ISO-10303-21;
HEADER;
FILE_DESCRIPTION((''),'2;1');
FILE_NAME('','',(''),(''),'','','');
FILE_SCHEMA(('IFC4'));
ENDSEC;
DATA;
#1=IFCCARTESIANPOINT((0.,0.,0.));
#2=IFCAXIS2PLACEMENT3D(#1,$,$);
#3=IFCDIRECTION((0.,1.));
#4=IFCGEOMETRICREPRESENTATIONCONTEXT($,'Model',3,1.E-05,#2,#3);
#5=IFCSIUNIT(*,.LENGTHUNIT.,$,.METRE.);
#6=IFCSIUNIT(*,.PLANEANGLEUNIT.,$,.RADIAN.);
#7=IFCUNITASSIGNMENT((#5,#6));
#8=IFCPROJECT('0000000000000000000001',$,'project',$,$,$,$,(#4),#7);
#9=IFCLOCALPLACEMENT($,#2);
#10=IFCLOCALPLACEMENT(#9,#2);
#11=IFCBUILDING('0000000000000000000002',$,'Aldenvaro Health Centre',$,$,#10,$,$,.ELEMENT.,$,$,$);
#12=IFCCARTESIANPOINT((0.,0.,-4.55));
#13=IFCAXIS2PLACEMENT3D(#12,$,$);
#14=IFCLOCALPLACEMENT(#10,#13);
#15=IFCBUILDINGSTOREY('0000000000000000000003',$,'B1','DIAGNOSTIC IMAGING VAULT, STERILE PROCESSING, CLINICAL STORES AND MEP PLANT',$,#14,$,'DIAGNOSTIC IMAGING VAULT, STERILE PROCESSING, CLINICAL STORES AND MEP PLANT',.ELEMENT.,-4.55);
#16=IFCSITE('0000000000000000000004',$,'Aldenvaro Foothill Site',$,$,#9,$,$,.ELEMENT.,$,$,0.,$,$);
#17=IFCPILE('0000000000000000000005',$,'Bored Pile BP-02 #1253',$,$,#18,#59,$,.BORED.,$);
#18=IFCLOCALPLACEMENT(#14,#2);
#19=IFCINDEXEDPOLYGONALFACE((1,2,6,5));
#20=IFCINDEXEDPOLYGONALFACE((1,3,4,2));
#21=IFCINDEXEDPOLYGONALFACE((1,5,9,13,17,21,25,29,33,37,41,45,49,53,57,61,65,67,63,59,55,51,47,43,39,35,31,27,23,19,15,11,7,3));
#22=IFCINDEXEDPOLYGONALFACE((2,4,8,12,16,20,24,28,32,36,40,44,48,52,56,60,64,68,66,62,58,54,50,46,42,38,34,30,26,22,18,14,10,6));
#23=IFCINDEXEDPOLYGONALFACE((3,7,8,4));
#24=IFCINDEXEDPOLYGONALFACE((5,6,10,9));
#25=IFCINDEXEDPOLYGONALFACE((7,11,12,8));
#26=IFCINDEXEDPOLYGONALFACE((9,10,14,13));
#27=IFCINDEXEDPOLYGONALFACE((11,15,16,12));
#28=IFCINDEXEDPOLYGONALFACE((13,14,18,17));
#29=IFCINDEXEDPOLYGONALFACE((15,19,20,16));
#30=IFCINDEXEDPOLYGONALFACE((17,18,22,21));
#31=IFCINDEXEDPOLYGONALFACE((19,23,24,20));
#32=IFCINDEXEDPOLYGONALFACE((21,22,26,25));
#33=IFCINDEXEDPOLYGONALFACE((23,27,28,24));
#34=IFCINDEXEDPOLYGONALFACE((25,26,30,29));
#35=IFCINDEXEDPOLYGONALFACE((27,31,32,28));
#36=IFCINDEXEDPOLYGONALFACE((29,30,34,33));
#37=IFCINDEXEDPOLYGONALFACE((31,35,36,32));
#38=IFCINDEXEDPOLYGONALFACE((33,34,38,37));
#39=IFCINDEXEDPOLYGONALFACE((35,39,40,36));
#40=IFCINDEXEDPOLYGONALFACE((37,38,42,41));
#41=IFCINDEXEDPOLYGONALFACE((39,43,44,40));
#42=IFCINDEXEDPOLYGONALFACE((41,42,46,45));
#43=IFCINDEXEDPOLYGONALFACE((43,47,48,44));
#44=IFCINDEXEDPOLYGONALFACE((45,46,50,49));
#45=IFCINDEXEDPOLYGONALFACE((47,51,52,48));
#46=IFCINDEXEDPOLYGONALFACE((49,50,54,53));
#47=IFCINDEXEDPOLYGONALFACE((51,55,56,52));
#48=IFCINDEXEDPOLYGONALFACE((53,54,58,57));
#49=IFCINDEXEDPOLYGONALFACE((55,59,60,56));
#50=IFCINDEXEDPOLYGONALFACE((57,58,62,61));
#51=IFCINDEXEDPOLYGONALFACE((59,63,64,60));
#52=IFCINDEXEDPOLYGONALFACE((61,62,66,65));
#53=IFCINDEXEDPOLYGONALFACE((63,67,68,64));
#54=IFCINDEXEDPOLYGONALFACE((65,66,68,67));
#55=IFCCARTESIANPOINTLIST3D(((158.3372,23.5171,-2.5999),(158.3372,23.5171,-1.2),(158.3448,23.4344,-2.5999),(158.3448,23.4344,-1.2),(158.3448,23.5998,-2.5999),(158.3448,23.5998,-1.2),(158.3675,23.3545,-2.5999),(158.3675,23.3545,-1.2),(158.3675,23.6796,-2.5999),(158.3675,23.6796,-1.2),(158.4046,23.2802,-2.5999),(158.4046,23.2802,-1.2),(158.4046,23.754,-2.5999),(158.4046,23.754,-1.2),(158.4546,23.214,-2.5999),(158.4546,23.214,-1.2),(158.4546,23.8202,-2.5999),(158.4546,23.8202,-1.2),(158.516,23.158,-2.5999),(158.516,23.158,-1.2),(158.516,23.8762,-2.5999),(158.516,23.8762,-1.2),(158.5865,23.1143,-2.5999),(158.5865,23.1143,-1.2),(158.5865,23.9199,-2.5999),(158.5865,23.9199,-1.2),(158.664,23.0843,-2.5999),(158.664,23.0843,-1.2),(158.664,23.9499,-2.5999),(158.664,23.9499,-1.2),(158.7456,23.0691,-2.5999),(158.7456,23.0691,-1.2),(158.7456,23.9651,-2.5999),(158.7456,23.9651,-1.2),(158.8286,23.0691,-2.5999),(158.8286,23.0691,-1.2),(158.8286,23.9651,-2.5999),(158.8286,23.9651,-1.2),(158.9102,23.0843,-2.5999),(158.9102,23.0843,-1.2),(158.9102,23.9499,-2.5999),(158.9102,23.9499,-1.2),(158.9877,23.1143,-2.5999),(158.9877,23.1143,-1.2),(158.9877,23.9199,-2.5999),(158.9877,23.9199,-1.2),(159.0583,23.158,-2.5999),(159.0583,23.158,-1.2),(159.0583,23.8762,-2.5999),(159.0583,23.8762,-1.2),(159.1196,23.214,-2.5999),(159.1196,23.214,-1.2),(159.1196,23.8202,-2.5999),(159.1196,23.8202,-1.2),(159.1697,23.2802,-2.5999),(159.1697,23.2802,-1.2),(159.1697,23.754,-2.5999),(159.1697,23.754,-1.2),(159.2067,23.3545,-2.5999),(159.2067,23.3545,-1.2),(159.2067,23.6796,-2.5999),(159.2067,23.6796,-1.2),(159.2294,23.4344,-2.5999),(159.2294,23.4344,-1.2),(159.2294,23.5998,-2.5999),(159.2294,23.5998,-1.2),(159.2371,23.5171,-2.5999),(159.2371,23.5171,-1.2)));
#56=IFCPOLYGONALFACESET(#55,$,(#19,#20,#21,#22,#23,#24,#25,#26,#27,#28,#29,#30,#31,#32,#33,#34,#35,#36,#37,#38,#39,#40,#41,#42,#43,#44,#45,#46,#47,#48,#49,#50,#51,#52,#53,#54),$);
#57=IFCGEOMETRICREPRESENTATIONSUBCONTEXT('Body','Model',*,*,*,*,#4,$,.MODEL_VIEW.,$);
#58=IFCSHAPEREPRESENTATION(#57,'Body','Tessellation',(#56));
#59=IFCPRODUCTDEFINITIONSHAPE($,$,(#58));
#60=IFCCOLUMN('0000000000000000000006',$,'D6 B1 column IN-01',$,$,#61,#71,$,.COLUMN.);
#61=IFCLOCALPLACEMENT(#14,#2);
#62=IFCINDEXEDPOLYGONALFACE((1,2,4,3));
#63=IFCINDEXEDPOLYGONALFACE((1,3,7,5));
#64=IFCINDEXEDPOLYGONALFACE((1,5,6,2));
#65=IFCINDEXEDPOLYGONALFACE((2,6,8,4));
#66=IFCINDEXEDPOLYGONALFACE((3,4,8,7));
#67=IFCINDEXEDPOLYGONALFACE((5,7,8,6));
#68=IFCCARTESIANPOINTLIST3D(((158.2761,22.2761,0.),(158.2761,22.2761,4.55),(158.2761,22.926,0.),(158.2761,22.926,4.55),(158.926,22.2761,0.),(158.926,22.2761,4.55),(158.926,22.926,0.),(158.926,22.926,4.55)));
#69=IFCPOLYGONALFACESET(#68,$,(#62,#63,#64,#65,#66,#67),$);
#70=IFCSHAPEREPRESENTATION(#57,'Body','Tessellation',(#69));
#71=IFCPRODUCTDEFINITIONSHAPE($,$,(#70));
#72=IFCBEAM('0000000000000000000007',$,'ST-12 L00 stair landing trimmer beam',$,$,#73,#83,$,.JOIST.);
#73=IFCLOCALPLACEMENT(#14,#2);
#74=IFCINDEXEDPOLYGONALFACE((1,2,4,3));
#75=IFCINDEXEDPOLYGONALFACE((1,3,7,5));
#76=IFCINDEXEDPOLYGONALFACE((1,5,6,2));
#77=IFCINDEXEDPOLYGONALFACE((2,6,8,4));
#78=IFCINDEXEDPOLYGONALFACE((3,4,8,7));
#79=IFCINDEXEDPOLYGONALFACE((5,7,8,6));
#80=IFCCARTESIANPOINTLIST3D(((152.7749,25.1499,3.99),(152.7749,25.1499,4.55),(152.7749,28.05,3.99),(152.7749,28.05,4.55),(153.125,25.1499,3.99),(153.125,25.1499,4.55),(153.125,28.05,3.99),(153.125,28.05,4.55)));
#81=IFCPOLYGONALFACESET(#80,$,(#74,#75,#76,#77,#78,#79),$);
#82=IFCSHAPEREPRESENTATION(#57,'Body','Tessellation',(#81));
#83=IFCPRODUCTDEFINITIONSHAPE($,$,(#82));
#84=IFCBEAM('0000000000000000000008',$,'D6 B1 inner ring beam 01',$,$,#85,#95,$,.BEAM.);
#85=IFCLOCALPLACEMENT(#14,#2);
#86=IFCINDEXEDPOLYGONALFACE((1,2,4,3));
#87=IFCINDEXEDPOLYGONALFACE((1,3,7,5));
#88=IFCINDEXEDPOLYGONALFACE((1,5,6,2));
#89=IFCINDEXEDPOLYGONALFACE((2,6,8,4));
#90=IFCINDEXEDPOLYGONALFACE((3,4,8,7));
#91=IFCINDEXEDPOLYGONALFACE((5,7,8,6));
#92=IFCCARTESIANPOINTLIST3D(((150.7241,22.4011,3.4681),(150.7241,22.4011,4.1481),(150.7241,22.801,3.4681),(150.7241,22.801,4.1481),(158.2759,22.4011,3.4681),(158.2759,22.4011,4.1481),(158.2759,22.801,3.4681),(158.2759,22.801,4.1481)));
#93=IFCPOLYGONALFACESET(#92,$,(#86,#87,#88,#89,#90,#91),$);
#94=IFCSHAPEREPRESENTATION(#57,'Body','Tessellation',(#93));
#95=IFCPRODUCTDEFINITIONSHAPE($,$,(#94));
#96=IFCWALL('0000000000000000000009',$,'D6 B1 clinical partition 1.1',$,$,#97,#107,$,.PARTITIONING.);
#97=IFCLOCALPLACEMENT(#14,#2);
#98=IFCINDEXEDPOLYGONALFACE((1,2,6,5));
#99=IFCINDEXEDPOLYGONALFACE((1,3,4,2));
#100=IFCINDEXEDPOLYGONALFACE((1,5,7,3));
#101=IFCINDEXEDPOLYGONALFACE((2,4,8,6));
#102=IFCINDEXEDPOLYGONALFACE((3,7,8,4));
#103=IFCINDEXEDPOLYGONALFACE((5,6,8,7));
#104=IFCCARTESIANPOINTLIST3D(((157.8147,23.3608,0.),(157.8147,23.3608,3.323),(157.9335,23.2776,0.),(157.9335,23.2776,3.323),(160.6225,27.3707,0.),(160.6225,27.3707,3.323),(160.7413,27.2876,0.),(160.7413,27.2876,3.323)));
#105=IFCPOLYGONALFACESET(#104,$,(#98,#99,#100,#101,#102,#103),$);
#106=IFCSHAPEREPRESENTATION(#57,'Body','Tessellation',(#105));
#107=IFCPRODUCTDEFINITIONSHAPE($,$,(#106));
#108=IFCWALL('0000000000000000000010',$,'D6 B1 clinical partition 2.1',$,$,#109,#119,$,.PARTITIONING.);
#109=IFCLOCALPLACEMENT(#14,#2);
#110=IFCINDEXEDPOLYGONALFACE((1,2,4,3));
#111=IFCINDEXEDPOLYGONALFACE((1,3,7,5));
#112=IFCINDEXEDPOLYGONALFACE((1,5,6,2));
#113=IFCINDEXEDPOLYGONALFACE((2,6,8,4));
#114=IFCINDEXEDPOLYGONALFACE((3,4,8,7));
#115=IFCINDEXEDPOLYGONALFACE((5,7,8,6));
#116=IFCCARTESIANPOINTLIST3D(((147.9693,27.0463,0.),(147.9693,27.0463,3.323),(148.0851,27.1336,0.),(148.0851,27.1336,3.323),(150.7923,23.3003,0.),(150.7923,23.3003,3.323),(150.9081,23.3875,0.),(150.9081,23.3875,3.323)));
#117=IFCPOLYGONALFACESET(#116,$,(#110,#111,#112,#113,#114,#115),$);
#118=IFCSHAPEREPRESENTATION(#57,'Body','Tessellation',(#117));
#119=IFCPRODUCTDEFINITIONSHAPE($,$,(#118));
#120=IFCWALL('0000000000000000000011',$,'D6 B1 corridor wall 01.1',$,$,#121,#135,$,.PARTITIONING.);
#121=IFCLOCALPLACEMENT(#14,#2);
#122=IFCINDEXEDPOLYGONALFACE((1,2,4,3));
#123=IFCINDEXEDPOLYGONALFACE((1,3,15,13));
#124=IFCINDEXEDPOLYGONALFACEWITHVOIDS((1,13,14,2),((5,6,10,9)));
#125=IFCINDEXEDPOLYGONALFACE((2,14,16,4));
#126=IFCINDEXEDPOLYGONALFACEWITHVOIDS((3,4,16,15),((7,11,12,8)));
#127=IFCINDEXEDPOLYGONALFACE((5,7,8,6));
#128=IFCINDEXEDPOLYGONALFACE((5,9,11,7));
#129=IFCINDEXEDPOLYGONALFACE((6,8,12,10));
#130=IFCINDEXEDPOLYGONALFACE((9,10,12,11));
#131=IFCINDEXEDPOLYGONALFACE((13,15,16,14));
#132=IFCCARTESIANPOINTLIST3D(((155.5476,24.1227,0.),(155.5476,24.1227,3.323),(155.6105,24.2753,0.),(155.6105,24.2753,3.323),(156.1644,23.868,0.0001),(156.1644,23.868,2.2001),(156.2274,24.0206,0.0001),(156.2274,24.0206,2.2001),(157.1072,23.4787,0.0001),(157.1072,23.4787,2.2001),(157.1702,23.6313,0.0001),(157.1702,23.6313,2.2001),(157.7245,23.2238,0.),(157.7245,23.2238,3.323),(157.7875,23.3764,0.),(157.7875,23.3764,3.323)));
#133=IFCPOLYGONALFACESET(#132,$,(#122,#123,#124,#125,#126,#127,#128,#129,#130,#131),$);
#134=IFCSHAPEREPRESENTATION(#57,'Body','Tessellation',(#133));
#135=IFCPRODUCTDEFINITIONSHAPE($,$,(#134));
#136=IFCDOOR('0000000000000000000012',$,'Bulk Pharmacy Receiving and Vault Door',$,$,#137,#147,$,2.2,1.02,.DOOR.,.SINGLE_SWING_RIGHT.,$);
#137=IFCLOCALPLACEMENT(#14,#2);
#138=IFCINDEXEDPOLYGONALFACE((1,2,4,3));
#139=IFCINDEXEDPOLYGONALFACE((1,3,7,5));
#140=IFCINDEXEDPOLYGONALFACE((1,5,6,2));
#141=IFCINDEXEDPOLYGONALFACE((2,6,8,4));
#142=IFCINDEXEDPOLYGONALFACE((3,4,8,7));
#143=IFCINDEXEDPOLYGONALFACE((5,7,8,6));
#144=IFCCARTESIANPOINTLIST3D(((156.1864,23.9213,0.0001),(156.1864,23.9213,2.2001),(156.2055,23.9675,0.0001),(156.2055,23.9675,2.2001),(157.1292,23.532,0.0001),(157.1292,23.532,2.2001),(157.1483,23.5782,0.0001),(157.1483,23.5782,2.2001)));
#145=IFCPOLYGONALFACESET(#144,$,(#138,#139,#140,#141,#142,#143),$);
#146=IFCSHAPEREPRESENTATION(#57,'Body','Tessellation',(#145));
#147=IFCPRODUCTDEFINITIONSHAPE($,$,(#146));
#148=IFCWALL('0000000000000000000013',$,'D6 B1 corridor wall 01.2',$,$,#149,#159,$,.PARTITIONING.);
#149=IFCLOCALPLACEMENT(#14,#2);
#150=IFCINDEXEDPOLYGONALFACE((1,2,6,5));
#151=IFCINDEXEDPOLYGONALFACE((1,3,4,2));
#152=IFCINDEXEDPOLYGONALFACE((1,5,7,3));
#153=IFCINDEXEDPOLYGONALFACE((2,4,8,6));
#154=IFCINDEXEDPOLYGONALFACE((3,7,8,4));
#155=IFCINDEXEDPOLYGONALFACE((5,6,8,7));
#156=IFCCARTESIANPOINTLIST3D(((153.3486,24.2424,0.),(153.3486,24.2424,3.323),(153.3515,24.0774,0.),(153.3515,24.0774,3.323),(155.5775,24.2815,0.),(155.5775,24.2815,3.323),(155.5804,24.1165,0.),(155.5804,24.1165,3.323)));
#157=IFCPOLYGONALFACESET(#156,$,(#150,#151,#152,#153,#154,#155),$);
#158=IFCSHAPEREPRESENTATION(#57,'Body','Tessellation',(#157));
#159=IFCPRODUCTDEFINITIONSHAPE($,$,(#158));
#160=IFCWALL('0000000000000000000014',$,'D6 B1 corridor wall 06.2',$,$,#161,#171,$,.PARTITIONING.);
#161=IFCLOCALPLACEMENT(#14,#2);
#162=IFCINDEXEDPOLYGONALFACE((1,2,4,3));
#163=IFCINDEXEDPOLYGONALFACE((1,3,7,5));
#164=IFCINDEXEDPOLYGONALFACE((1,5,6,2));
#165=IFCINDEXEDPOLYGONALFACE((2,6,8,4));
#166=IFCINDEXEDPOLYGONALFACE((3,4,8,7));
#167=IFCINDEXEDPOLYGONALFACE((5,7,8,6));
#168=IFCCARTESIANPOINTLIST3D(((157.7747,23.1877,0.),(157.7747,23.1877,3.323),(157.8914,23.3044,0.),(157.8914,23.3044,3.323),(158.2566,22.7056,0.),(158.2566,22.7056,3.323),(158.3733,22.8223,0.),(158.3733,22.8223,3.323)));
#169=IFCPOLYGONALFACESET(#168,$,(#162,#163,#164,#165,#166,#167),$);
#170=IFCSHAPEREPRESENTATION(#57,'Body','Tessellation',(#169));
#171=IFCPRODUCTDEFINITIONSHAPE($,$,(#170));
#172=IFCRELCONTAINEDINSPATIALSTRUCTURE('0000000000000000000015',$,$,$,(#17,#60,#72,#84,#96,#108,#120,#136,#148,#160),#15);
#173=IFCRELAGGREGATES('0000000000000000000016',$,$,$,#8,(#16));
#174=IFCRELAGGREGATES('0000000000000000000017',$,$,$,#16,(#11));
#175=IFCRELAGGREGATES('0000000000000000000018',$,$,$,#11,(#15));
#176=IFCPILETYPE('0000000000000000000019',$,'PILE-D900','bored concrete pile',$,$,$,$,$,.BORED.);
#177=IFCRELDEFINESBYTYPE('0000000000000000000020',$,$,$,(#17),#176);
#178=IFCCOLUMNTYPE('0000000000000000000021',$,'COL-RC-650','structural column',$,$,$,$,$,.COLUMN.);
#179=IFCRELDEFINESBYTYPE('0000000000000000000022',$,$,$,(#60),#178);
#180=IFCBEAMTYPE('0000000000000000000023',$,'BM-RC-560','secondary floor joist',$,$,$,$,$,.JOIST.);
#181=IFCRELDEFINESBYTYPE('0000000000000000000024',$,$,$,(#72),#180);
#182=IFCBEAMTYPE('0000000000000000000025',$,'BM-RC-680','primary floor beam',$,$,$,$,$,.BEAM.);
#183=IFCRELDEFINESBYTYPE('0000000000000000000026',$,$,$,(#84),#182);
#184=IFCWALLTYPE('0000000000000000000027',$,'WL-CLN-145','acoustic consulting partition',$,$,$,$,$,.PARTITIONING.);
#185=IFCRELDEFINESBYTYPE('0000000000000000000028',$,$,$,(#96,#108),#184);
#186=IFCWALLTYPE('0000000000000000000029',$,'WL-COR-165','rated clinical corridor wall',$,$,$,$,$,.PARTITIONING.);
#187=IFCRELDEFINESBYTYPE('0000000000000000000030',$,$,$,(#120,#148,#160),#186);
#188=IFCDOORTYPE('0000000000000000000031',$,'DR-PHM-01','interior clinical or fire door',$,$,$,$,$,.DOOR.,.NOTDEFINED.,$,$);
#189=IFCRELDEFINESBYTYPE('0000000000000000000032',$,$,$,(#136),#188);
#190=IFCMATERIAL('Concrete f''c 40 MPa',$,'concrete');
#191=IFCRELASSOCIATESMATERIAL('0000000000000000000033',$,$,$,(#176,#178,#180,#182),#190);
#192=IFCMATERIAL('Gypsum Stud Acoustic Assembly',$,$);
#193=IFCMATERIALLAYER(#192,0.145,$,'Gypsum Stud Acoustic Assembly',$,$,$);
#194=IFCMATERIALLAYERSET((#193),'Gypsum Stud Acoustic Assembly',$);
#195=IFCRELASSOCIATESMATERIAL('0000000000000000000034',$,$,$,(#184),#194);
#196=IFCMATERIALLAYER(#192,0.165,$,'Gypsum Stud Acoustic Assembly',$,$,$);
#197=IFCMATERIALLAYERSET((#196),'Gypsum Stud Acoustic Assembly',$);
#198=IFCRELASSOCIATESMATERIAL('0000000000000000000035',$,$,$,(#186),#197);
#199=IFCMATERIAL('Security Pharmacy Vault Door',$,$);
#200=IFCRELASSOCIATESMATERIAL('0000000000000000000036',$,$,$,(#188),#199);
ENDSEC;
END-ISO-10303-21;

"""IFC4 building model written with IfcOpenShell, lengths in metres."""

from ifc_helpers import new_model, si_unit, direction, frame, frame_2d, origin, origin_2d, place, context, subcontext, project, spatial, rectangle, circle, extrude, material, layer, layer_set, material_profile, profile_set, type_object, element, fill, save


model = new_model("IFC4")

# Units and contexts
model_context = context("Model", 3, precision=1e-05, world=origin(), true_north=direction((0.0, 1.0)))
body_context = subcontext(model_context, "Body", "Model", "MODEL_VIEW")
ifc_project = project(units=[si_unit("LENGTHUNIT", "METRE"), si_unit("PLANEANGLEUNIT", "RADIAN")], contexts=[model_context])

# Site, building, storey
site_placement = place(None, origin())
site = spatial("IfcSite", under=ifc_project, at=site_placement, Name="Aldenvaro Foothill Site", CompositionType="ELEMENT", RefElevation=0.0)
building_placement = place(site_placement, origin())
building = spatial("IfcBuilding", under=site, at=building_placement, Name="Aldenvaro Health Centre", CompositionType="ELEMENT")
storey_placement = place(building_placement, frame((0.0, 0.0, -4.55)))
storey = spatial("IfcBuildingStorey", under=building, at=storey_placement, Name="B1", Description="DIAGNOSTIC IMAGING VAULT, STERILE PROCESSING, CLINICAL STORES AND MEP PLANT", LongName="DIAGNOSTIC IMAGING VAULT, STERILE PROCESSING, CLINICAL STORES AND MEP PLANT", CompositionType="ELEMENT", Elevation=-4.55)

# Shared definitions
ifc_material_1 = material(Name="Concrete f'c 40 MPa", Category="concrete")

# Pile
ifc_material_profile_1 = material_profile(ifc_material_1, circle(Radius=0.45, at=origin_2d()), Name="PILE D900", Category="concrete")
ifc_profile_set_1 = profile_set([ifc_material_profile_1], Name="Concrete f'c 40 MPa")
pile_type = type_object("IfcPileType", Name="PILE-D900", Description="bored concrete pile", PredefinedType="BORED", material=ifc_profile_set_1)
for number, where, z_axis, x_axis, name in (
    (1, (158.7871, 23.5171, -1.2), (0.0, 0.0, -1.0), (1.0, 0.0, 0.0), "Bored Pile BP-02 #1253"),
):
    element("IfcPile", number, at=place(storey_placement, frame(where, z_axis=z_axis, x_axis=x_axis)), inside=storey, type_object=pile_type, Name=name, PredefinedType="BORED", context=body_context, shape_type="SweptSolid", body=[
        extrude(circle(Radius=0.45, at=origin_2d()), origin(), (0.0, 0.0, 1.0), 1.3999),
    ])

# Column
ifc_material_profile_2 = material_profile(ifc_material_1, rectangle(XDim=0.6499, YDim=0.6499, at=origin_2d()), Name="RC 650x650", Category="concrete")
ifc_profile_set_2 = profile_set([ifc_material_profile_2], Name="Concrete f'c 40 MPa")
column_type = type_object("IfcColumnType", Name="COL-RC-650", Description="structural column", PredefinedType="COLUMN", material=ifc_profile_set_2)
column_placement = place(storey_placement, frame((158.6011, 22.6011, 0.0), z_axis=(0.0, 0.0, 1.0), x_axis=(1.0, 0.0, 0.0)))
element("IfcColumn", 2, at=column_placement, inside=storey, type_object=column_type, Name="D6 B1 column IN-01", PredefinedType="COLUMN", context=body_context, shape_type="SweptSolid", body=[
    extrude(rectangle(XDim=0.6499, YDim=0.6499, at=origin_2d()), origin(), (0.0, 0.0, 1.0), 4.55),
])

# Beams
ifc_material_profile_3 = material_profile(ifc_material_1, rectangle(XDim=0.3501, YDim=0.5601, at=origin_2d()), Name="RC 350x560", Category="concrete")
ifc_profile_set_3 = profile_set([ifc_material_profile_3], Name="Concrete f'c 40 MPa")
beam_type_1 = type_object("IfcBeamType", Name="BM-RC-560", Description="secondary floor joist", PredefinedType="JOIST", material=ifc_profile_set_3)
beam_1_placement = place(storey_placement, frame((152.95, 25.1499, 4.27), z_axis=(0.0, 1.0, 0.0), x_axis=(-1.0, 0.0, 0.0)))
element("IfcBeam", 3, at=beam_1_placement, inside=storey, type_object=beam_type_1, Name="ST-12 L00 stair landing trimmer beam", PredefinedType="JOIST", context=body_context, shape_type="SweptSolid", body=[
    extrude(rectangle(XDim=0.3501, YDim=0.5601, at=origin_2d()), origin(), (0.0, 0.0, 1.0), 2.9001),
])
ifc_material_profile_4 = material_profile(ifc_material_1, rectangle(XDim=0.3999, YDim=0.6799, at=origin_2d()), Name="RC 400x680", Category="concrete")
ifc_profile_set_4 = profile_set([ifc_material_profile_4], Name="Concrete f'c 40 MPa")
beam_type_2 = type_object("IfcBeamType", Name="BM-RC-680", Description="primary floor beam", PredefinedType="BEAM", material=ifc_profile_set_4)
beam_2_placement = place(storey_placement, frame((158.2759, 22.6011, 3.8081), z_axis=(-1.0, 0.0, 0.0), x_axis=(0.0, -1.0, 0.0)))
element("IfcBeam", 4, at=beam_2_placement, inside=storey, type_object=beam_type_2, Name="D6 B1 inner ring beam 01", PredefinedType="BEAM", context=body_context, shape_type="SweptSolid", body=[
    extrude(rectangle(XDim=0.3999, YDim=0.6799, at=origin_2d()), origin(), (0.0, 0.0, 1.0), 7.5518),
])

# Walls
ifc_material_2 = material(Name="Gypsum Stud Acoustic Assembly")
ifc_layer_1 = layer(ifc_material_2, 0.145, Name="Gypsum Stud Acoustic Assembly")
ifc_layer_set_1 = layer_set([ifc_layer_1], Name="Gypsum Stud Acoustic Assembly")
wall_type_1 = type_object("IfcWallType", Name="WL-CLN-145", Description="acoustic consulting partition", PredefinedType="PARTITIONING", material=ifc_layer_set_1)
wall_1_placement = place(storey_placement, frame((157.874, 23.3191, 0.0), z_axis=(0.0, 0.0, 1.0), x_axis=(0.573579, 0.81915, 0.0)))
element("IfcWall", 5, at=wall_1_placement, inside=storey, type_object=wall_type_1, Name="D6 B1 clinical partition 1.1", PredefinedType="PARTITIONING", context=body_context, shape_type="SweptSolid", body=[
    extrude(rectangle(XDim=4.8953, YDim=0.145, at=frame_2d((2.4478, 0.0))), origin(), (0.0, 0.0, 1.0), 3.323),
])
wall_2_placement = place(storey_placement, frame((150.8501, 23.344, 0.0), z_axis=(0.0, 0.0, 1.0), x_axis=(-0.601831, 0.798624, 0.0)))
element("IfcWall", 6, at=wall_2_placement, inside=storey, type_object=wall_type_1, Name="D6 B1 clinical partition 2.1", PredefinedType="PARTITIONING", context=body_context, shape_type="SweptSolid", body=[
    extrude(rectangle(XDim=4.6907, YDim=0.145, at=frame_2d((2.3452, 0.0))), origin(), (0.0, 0.0, 1.0), 3.323),
])

# Wall, opening, door
ifc_layer_2 = layer(ifc_material_2, 0.165, Name="Gypsum Stud Acoustic Assembly")
ifc_layer_set_2 = layer_set([ifc_layer_2], Name="Gypsum Stud Acoustic Assembly")
wall_type_2 = type_object("IfcWallType", Name="WL-COR-165", Description="rated clinical corridor wall", PredefinedType="PARTITIONING", material=ifc_layer_set_2)
wall_3_placement = place(storey_placement, frame((157.7561, 23.3, 0.0), z_axis=(0.0, 0.0, 1.0), x_axis=(-0.924302, 0.381662, 0.0)))
wall_3 = element("IfcWall", 7, at=wall_3_placement, inside=storey, type_object=wall_type_2, Name="D6 B1 corridor wall 01.1", PredefinedType="PARTITIONING", context=body_context, shape_type="SweptSolid", body=[
    extrude(rectangle(XDim=2.3552, YDim=0.165, at=frame_2d((1.1777, 0.0))), origin(), (0.0, 0.0, 1.0), 3.323),
])
opening_1_placement = place(wall_3_placement, frame((0.668, 0.0, 0.0)))
opening_1 = element("IfcOpeningElement", 8, at=opening_1_placement, cuts=wall_3, PredefinedType="OPENING", context=body_context, shape_type="SweptSolid", body=[
    extrude(rectangle(XDim=1.02, YDim=2.2, at=frame_2d((0.51, 1.1001))), frame((0.0, 0.0925, 0.0), z_axis=(0.0, -1.0, 0.0), x_axis=(1.0, 0.0, 0.0)), (0.0, 0.0, 1.0), 0.1851),
])
ifc_material_3 = material(Name="Security Pharmacy Vault Door")
door_type_1 = type_object("IfcDoorType", Name="DR-PHM-01", Description="interior clinical or fire door", OperationType="NOTDEFINED", PredefinedType="DOOR", material=ifc_material_3)
door_1_placement = place(opening_1_placement, origin())
door_1 = element("IfcDoor", 9, at=door_1_placement, inside=storey, type_object=door_type_1, Name="Bulk Pharmacy Receiving and Vault Door", OperationType="SINGLE_SWING_RIGHT", OverallHeight=2.2, OverallWidth=1.02, PredefinedType="DOOR", context=body_context, shape_type="SweptSolid", body=[
    extrude(rectangle(XDim=1.02, YDim=2.2, at=frame_2d((0.51, 1.1001))), frame((0.0, 0.0249, 0.0), z_axis=(0.0, -1.0, 0.0), x_axis=(1.0, 0.0, 0.0)), (0.0, 0.0, 1.0), 0.05),
])
fill(opening_1, door_1)

# Walls
wall_4_placement = place(storey_placement, frame((155.5791, 24.199, 0.0), z_axis=(0.0, 0.0, 1.0), x_axis=(-0.999846, -0.017522, 0.0)))
element("IfcWall", 10, at=wall_4_placement, inside=storey, type_object=wall_type_2, Name="D6 B1 corridor wall 01.2", PredefinedType="PARTITIONING", context=body_context, shape_type="SweptSolid", body=[
    extrude(rectangle(XDim=2.2292, YDim=0.165, at=frame_2d((1.1147, 0.0))), origin(), (0.0, 0.0, 1.0), 3.323),
])
wall_5_placement = place(storey_placement, frame((158.3149, 22.7639, 0.0), z_axis=(0.0, 0.0, 1.0), x_axis=(-0.706928, 0.707286, 0.0)))
element("IfcWall", 11, at=wall_5_placement, inside=storey, type_object=wall_type_2, Name="D6 B1 corridor wall 06.2", PredefinedType="PARTITIONING", context=body_context, shape_type="SweptSolid", body=[
    extrude(rectangle(XDim=0.6816, YDim=0.165, at=frame_2d((0.3408, 0.0))), origin(), (0.0, 0.0, 1.0), 3.323),
])

save(model, "model.ifc")
